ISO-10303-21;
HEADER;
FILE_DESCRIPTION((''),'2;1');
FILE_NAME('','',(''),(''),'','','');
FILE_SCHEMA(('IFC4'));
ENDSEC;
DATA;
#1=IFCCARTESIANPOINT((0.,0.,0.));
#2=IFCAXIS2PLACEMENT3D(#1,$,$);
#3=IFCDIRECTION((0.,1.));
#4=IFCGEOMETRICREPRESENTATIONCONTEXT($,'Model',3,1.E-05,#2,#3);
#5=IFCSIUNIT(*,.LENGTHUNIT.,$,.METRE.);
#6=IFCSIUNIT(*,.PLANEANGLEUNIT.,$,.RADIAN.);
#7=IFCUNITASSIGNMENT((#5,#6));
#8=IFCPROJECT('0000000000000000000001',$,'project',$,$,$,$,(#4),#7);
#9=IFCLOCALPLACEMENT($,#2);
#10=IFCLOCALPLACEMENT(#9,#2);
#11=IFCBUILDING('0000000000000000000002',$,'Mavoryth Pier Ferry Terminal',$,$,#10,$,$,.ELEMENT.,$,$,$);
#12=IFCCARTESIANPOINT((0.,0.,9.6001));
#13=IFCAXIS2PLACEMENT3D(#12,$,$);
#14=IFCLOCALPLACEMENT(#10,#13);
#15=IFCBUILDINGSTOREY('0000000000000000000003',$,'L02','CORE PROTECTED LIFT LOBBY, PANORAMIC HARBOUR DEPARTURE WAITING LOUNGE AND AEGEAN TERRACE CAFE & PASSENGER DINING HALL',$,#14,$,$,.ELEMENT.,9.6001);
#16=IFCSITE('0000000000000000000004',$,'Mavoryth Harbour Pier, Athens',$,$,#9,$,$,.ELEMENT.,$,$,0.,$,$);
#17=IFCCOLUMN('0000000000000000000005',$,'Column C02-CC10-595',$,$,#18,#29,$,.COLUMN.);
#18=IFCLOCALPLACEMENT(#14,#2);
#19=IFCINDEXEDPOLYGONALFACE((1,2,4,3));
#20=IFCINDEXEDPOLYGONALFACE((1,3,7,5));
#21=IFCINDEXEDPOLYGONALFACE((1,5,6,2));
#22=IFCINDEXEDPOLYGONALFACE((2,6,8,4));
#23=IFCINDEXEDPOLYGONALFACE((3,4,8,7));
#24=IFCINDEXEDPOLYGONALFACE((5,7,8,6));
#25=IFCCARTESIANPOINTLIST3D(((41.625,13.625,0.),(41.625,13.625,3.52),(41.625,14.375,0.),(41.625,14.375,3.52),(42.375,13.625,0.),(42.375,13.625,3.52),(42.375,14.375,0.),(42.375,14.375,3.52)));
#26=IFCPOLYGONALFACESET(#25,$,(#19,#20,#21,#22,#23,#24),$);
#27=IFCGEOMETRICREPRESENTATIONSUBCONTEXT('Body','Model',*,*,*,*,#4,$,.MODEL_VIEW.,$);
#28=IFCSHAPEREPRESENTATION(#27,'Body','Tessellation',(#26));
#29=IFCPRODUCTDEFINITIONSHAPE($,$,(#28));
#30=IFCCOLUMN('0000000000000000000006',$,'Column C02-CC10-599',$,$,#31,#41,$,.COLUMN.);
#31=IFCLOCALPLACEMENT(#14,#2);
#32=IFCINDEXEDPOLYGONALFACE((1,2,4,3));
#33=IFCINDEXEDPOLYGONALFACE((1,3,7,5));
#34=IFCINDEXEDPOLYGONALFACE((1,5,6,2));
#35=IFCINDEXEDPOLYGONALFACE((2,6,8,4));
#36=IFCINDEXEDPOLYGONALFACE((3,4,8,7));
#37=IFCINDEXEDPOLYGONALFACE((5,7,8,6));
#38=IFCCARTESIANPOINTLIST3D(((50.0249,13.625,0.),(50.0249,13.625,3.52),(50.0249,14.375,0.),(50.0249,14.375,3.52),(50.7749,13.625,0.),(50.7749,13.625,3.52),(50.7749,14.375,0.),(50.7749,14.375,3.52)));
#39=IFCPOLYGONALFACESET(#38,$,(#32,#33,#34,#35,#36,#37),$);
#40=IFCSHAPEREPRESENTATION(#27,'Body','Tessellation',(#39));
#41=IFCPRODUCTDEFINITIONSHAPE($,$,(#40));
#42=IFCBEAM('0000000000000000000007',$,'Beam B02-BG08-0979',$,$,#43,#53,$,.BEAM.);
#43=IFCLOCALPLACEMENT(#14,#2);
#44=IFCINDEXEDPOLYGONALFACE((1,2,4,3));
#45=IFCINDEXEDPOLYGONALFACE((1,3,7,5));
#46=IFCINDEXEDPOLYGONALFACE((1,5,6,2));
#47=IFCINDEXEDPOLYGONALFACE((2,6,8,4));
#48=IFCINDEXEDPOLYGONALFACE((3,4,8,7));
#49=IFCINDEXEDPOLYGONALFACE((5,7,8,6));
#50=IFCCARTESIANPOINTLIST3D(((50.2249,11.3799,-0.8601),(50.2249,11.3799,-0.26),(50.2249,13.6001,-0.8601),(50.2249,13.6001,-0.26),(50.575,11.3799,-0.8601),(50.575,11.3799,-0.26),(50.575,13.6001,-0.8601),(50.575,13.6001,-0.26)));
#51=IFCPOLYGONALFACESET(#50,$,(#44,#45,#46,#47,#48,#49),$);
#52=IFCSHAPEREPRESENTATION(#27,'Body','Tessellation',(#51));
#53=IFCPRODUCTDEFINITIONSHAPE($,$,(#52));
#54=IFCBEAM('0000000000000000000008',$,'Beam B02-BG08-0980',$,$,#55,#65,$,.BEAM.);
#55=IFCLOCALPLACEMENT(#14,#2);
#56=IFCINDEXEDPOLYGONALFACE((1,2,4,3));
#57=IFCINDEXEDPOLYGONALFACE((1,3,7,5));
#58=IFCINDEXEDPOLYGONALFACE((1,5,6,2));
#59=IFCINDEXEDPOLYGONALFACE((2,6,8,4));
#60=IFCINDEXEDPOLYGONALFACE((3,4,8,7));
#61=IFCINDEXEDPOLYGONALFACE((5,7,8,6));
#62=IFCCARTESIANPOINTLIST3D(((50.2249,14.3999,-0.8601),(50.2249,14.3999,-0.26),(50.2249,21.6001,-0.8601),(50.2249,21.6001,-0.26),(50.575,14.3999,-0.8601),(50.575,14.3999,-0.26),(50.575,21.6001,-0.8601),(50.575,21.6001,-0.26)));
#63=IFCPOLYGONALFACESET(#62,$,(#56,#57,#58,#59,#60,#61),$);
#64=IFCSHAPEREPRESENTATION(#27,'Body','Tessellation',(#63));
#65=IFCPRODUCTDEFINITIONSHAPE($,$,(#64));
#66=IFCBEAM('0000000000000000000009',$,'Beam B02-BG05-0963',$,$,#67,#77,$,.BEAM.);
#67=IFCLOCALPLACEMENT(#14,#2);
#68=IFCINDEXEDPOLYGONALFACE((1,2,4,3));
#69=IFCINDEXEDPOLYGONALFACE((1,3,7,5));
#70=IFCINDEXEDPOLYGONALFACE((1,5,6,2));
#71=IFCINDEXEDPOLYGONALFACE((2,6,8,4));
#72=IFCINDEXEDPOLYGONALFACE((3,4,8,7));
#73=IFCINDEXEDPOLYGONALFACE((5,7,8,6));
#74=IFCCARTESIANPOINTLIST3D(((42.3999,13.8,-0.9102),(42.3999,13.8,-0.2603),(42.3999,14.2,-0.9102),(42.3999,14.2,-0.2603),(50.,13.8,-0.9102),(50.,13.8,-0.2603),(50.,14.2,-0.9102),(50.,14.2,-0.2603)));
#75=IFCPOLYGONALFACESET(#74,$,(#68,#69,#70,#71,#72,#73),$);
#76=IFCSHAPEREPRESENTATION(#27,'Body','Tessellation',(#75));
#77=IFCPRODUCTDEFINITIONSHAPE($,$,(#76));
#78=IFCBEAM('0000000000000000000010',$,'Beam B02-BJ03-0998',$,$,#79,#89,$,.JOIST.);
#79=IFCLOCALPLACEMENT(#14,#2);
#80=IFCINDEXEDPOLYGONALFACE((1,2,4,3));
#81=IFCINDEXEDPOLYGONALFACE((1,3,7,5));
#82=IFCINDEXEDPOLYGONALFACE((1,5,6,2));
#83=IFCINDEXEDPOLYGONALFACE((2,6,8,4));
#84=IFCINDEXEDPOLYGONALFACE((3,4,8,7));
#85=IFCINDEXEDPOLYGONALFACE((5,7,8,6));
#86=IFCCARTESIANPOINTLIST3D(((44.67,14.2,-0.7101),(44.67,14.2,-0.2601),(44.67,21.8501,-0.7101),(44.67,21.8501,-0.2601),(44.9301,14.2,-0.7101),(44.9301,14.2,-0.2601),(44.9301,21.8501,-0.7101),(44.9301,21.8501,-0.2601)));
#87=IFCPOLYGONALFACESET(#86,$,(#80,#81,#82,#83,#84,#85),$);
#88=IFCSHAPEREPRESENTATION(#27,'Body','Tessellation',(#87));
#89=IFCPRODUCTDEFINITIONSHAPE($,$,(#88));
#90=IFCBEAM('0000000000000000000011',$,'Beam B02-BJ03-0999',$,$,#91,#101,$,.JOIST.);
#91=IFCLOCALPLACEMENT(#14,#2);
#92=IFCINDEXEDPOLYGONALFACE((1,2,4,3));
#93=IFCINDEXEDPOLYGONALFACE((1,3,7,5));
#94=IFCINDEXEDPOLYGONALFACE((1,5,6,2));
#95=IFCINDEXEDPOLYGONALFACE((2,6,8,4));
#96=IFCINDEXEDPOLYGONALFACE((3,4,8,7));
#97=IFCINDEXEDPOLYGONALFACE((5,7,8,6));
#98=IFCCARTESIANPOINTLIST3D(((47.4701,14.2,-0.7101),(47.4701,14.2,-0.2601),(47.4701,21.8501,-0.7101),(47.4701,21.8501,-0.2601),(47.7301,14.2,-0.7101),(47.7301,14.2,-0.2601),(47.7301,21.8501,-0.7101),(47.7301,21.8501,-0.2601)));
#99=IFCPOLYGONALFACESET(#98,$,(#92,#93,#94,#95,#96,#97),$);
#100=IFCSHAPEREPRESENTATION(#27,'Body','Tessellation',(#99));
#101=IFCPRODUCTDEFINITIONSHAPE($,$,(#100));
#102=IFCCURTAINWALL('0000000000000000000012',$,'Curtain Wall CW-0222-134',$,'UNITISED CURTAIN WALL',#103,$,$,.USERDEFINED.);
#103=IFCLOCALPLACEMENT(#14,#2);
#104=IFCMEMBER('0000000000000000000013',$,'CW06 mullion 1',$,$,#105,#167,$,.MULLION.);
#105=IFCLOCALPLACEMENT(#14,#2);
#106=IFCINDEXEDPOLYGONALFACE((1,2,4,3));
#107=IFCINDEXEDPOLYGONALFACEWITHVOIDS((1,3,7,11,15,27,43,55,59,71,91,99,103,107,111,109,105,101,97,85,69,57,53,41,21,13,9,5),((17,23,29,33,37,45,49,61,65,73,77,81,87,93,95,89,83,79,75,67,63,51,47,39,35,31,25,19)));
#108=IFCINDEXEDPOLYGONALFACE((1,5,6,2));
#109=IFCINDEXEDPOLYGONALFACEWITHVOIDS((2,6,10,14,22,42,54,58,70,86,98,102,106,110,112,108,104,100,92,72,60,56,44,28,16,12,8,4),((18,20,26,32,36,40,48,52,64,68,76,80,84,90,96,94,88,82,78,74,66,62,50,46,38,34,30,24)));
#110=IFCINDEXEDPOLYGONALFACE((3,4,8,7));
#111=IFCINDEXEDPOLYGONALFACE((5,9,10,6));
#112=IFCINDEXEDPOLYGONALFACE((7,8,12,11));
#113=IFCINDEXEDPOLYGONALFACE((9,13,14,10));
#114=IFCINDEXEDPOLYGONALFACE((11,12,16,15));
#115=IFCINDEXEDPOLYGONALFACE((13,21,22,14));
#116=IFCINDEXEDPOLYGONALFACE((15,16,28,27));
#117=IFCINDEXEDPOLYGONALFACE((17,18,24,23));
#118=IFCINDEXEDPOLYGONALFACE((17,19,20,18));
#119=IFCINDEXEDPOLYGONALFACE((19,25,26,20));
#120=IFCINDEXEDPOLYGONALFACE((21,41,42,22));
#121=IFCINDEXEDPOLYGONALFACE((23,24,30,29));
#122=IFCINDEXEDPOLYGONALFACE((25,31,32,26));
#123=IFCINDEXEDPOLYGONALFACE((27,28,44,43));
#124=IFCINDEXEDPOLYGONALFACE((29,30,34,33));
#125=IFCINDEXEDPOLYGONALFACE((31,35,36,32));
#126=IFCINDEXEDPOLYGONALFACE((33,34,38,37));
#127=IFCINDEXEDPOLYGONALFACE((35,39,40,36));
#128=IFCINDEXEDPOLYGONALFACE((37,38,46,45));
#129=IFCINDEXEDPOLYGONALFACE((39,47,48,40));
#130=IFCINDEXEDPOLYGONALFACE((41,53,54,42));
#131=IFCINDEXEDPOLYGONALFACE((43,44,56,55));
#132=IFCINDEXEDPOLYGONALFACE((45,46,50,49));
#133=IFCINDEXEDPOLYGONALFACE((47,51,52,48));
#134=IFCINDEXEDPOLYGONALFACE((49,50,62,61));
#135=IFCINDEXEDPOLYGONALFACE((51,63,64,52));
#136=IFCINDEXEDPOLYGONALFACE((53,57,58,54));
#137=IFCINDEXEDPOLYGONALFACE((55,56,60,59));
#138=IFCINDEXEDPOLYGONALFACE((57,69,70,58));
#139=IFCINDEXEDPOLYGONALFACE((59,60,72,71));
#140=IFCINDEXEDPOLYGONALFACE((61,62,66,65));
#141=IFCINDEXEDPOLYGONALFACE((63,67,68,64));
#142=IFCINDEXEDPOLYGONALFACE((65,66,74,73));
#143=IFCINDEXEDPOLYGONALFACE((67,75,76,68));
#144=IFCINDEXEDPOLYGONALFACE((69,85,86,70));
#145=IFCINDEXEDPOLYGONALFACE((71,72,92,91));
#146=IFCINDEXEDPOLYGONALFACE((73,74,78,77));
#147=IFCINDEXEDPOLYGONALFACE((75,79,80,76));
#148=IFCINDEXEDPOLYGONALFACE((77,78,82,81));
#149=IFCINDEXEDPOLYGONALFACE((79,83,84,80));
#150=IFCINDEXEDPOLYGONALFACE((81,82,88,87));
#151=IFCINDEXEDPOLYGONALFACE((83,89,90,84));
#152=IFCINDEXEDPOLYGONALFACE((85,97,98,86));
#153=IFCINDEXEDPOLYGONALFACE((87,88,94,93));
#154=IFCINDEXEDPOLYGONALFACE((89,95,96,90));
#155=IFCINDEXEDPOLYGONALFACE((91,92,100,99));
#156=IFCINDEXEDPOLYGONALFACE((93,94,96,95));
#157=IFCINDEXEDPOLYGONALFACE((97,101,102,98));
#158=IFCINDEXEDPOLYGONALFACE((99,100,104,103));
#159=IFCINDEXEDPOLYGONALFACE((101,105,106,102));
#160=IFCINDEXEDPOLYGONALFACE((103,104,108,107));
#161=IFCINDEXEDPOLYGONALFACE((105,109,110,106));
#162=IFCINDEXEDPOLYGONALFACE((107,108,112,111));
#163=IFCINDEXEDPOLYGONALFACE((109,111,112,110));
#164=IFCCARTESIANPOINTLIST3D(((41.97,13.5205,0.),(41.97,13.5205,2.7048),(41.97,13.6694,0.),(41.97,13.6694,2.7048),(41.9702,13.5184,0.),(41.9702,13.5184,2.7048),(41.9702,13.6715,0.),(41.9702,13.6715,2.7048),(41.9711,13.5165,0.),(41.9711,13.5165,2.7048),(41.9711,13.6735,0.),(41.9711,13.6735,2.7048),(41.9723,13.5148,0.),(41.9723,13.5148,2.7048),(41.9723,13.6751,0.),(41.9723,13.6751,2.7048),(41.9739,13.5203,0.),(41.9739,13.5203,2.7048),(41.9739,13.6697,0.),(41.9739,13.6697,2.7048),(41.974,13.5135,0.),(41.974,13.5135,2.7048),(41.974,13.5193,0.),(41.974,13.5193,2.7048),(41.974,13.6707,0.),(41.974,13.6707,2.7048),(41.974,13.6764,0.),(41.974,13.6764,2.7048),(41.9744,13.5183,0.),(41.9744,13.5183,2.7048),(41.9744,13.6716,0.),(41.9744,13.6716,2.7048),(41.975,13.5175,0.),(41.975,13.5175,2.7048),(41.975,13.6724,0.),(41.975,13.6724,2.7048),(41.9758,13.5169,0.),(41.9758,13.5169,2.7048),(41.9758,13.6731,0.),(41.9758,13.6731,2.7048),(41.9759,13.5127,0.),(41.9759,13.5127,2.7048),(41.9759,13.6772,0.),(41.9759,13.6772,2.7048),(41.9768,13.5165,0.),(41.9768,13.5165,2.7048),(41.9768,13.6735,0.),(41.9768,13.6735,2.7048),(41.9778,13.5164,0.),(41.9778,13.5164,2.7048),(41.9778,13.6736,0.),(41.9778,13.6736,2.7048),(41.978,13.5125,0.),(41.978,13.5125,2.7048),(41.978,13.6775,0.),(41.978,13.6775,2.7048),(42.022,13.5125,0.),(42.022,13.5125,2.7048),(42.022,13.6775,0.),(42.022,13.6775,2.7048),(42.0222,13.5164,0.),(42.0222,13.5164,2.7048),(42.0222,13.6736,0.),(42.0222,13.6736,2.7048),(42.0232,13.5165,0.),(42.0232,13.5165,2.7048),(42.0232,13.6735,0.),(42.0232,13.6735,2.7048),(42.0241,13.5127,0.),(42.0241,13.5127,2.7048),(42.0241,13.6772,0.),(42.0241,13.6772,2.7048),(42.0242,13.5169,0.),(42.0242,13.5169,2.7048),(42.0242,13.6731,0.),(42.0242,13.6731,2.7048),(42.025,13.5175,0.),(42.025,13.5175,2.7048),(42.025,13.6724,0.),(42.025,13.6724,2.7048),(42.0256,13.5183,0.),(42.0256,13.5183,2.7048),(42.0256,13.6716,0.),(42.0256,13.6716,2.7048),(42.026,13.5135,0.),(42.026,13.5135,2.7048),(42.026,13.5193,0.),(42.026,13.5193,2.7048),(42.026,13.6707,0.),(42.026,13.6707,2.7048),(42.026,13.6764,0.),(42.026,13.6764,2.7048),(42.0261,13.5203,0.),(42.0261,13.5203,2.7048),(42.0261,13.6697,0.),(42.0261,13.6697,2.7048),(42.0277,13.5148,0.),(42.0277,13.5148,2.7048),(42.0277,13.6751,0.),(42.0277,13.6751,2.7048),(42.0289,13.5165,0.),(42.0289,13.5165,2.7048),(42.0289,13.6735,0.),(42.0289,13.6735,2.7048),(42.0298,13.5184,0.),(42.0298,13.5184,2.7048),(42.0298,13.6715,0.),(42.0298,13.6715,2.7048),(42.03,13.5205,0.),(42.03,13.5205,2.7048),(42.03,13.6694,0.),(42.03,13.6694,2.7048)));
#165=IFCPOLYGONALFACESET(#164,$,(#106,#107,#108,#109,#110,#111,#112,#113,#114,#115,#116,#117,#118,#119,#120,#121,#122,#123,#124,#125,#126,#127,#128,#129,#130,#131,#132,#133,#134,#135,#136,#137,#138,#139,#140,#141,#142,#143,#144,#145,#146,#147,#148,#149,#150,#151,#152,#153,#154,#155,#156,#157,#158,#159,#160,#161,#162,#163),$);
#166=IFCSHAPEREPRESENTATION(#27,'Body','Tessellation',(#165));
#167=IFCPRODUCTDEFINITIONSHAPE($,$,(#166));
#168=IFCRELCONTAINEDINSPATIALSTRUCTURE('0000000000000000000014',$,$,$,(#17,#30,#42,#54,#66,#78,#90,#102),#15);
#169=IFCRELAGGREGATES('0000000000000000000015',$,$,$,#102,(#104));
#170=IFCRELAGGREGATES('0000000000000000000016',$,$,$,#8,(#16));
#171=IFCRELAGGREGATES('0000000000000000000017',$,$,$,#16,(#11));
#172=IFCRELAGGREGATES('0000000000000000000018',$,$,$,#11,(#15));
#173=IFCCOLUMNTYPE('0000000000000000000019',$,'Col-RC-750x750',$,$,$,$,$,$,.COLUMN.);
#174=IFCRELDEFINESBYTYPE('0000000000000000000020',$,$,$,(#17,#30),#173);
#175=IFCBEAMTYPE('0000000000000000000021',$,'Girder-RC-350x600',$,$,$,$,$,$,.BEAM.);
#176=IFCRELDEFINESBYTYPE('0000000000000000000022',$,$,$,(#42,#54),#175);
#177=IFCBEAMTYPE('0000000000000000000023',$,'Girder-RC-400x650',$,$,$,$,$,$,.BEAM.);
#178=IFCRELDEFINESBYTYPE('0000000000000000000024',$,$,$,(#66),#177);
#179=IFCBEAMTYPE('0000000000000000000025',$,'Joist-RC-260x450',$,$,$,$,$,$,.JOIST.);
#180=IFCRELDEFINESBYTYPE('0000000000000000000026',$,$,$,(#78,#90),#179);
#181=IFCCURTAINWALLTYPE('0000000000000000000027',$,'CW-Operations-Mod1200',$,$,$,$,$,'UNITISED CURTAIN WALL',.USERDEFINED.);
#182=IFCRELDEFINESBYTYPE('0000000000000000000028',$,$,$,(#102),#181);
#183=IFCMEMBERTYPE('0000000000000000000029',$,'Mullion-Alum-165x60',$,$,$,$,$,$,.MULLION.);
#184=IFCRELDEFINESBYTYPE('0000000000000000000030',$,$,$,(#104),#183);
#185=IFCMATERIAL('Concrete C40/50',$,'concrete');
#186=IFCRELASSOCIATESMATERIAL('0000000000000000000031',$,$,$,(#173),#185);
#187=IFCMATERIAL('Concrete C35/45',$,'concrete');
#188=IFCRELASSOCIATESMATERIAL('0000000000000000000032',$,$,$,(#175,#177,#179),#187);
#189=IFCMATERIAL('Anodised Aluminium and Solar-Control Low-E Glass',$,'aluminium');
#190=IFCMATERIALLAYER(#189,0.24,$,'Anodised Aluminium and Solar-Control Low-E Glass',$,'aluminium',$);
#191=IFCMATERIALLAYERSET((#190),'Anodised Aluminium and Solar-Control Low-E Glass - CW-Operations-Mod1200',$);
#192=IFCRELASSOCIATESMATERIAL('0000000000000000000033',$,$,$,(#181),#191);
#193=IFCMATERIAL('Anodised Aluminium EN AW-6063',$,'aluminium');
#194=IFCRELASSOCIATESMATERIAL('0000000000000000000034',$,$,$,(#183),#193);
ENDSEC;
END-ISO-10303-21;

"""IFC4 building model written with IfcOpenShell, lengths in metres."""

from ifc_helpers import new_model, si_unit, direction, frame, origin, origin_2d, place, context, subcontext, project, spatial, rectangle, hollow_rectangle, extrude, material, layer, layer_set, material_profile, profile_set, type_object, element, aggregate, save


model = new_model("IFC4")

# Units and contexts
model_context = context("Model", 3, precision=1e-05, world=origin(), true_north=direction((0.0, 1.0)))
body_context = subcontext(model_context, "Body", "Model", "MODEL_VIEW")
ifc_project = project(units=[si_unit("LENGTHUNIT", "METRE"), si_unit("PLANEANGLEUNIT", "RADIAN")], contexts=[model_context])

# Site, building, storey
site_placement = place(None, origin())
site = spatial("IfcSite", under=ifc_project, at=site_placement, Name="Mavoryth Harbour Pier, Athens", CompositionType="ELEMENT", RefElevation=0.0)
building_placement = place(site_placement, origin())
building = spatial("IfcBuilding", under=site, at=building_placement, Name="Mavoryth Pier Ferry Terminal", CompositionType="ELEMENT")
storey_placement = place(building_placement, frame((0.0, 0.0, 9.6001)))
storey = spatial("IfcBuildingStorey", under=building, at=storey_placement, Name="L02", Description="CORE PROTECTED LIFT LOBBY, PANORAMIC HARBOUR DEPARTURE WAITING LOUNGE AND AEGEAN TERRACE CAFE & PASSENGER DINING HALL", CompositionType="ELEMENT", Elevation=9.6001)

# Columns
ifc_material_1 = material(Name="Concrete C40/50", Category="concrete")
ifc_material_profile_1 = material_profile(ifc_material_1, rectangle(XDim=0.75, YDim=0.75, at=origin_2d()), Name="RC 750x750", Category="concrete")
ifc_profile_set_1 = profile_set([ifc_material_profile_1], Name="Concrete C40/50 - RC 750x750")
column_type = type_object("IfcColumnType", Name="Col-RC-750x750", PredefinedType="COLUMN", material=ifc_profile_set_1)
for number, where, z_axis, x_axis, name in (
    (1, (42.0, 14.0, 0.0), (0.0, 0.0, 1.0), (1.0, 0.0, 0.0), "Column C02-CC10-595"),
    (2, (50.3999, 14.0, 0.0), (0.0, 0.0, 1.0), (1.0, 0.0, 0.0), "Column C02-CC10-599"),
):
    element("IfcColumn", number, at=place(storey_placement, frame(where, z_axis=z_axis, x_axis=x_axis)), inside=storey, type_object=column_type, Name=name, PredefinedType="COLUMN", context=body_context, shape_type="SweptSolid", body=[
        extrude(rectangle(XDim=0.75, YDim=0.75, at=origin_2d()), origin(), (0.0, 0.0, 1.0), 3.52),
    ])

# Beams
ifc_material_2 = material(Name="Concrete C35/45", Category="concrete")
ifc_material_profile_2 = material_profile(ifc_material_2, rectangle(XDim=0.3501, YDim=0.6001, at=origin_2d()), Name="RC 350x600", Category="concrete")
ifc_profile_set_2 = profile_set([ifc_material_profile_2], Name="Concrete C35/45 - RC 350x600")
beam_type_1 = type_object("IfcBeamType", Name="Girder-RC-350x600", PredefinedType="BEAM", material=ifc_profile_set_2)
beam_1_placement = place(storey_placement, frame((50.3999, 11.3799, -0.5601), z_axis=(0.0, 1.0, 0.0), x_axis=(-1.0, 0.0, 0.0)))
element("IfcBeam", 3, at=beam_1_placement, inside=storey, type_object=beam_type_1, Name="Beam B02-BG08-0979", PredefinedType="BEAM", context=body_context, shape_type="SweptSolid", body=[
    extrude(rectangle(XDim=0.3501, YDim=0.6001, at=origin_2d()), origin(), (0.0, 0.0, 1.0), 2.2202),
])
beam_2_placement = place(storey_placement, frame((50.3999, 14.3999, -0.5601), z_axis=(0.0, 1.0, 0.0), x_axis=(-1.0, 0.0, 0.0)))
element("IfcBeam", 4, at=beam_2_placement, inside=storey, type_object=beam_type_1, Name="Beam B02-BG08-0980", PredefinedType="BEAM", context=body_context, shape_type="SweptSolid", body=[
    extrude(rectangle(XDim=0.3501, YDim=0.6001, at=origin_2d()), origin(), (0.0, 0.0, 1.0), 7.2002),
])
ifc_material_profile_3 = material_profile(ifc_material_2, rectangle(XDim=0.3999, YDim=0.6499, at=origin_2d()), Name="RC 400x650", Category="concrete")
ifc_profile_set_3 = profile_set([ifc_material_profile_3], Name="Concrete C35/45 - RC 400x650")
beam_type_2 = type_object("IfcBeamType", Name="Girder-RC-400x650", PredefinedType="BEAM", material=ifc_profile_set_3)
beam_3_placement = place(storey_placement, frame((42.3999, 14.0, -0.5852), z_axis=(1.0, 0.0, 0.0), x_axis=(0.0, 1.0, 0.0)))
element("IfcBeam", 5, at=beam_3_placement, inside=storey, type_object=beam_type_2, Name="Beam B02-BG05-0963", PredefinedType="BEAM", context=body_context, shape_type="SweptSolid", body=[
    extrude(rectangle(XDim=0.3999, YDim=0.6499, at=origin_2d()), origin(), (0.0, 0.0, 1.0), 7.6001),
])
ifc_material_profile_4 = material_profile(ifc_material_2, rectangle(XDim=0.26, YDim=0.45, at=origin_2d()), Name="RC 260x450", Category="concrete")
ifc_profile_set_4 = profile_set([ifc_material_profile_4], Name="Concrete C35/45 - RC 260x450")
beam_type_3 = type_object("IfcBeamType", Name="Joist-RC-260x450", PredefinedType="JOIST", material=ifc_profile_set_4)
for number, where, z_axis, x_axis, name in (
    (6, (44.8, 14.2, -0.4851), (0.0, 1.0, 0.0), (-1.0, 0.0, 0.0), "Beam B02-BJ03-0998"),
    (7, (47.6001, 14.2, -0.4851), (0.0, 1.0, 0.0), (-1.0, 0.0, 0.0), "Beam B02-BJ03-0999"),
):
    element("IfcBeam", number, at=place(storey_placement, frame(where, z_axis=z_axis, x_axis=x_axis)), inside=storey, type_object=beam_type_3, Name=name, PredefinedType="JOIST", context=body_context, shape_type="SweptSolid", body=[
        extrude(rectangle(XDim=0.26, YDim=0.45, at=origin_2d()), origin(), (0.0, 0.0, 1.0), 7.6501),
    ])

# Curtain wall, member
ifc_material_3 = material(Name="Anodised Aluminium and Solar-Control Low-E Glass", Category="aluminium")
ifc_layer_1 = layer(ifc_material_3, 0.24, Name="Anodised Aluminium and Solar-Control Low-E Glass", Category="aluminium")
ifc_layer_set_1 = layer_set([ifc_layer_1], Name="Anodised Aluminium and Solar-Control Low-E Glass - CW-Operations-Mod1200")
curtain_wall_type = type_object("IfcCurtainWallType", Name="CW-Operations-Mod1200", ElementType="UNITISED CURTAIN WALL", PredefinedType="USERDEFINED", material=ifc_layer_set_1)
curtain_wall_1_placement = place(storey_placement, origin())
curtain_wall_1 = element("IfcCurtainWall", 8, at=curtain_wall_1_placement, inside=storey, type_object=curtain_wall_type, Name="Curtain Wall CW-0222-134", ObjectType="UNITISED CURTAIN WALL", PredefinedType="USERDEFINED")
ifc_material_4 = material(Name="Anodised Aluminium EN AW-6063", Category="aluminium")
ifc_material_profile_5 = material_profile(ifc_material_4, hollow_rectangle(XDim=0.0601, YDim=0.165, WallThickness=0.0039, InnerFilletRadius=0.0039, OuterFilletRadius=0.0081, at=origin_2d()), Name="AL-MULL 165x60x4", Category="aluminium")
ifc_profile_set_5 = profile_set([ifc_material_profile_5], Name="Anodised Aluminium EN AW-6063 - AL-MULL 165x60x4")
member_type_1 = type_object("IfcMemberType", Name="Mullion-Alum-165x60", PredefinedType="MULLION", material=ifc_profile_set_5)
member_1_placement = place(storey_placement, frame((42.0, 13.595, 0.0), z_axis=(0.0, 0.0, 1.0), x_axis=(1.0, 0.0, 0.0)))
member_1 = element("IfcMember", 9, at=member_1_placement, type_object=member_type_1, Name="CW06 mullion 1", PredefinedType="MULLION", context=body_context, shape_type="SweptSolid", body=[
    extrude(hollow_rectangle(XDim=0.0601, YDim=0.165, WallThickness=0.0039, InnerFilletRadius=0.0039, OuterFilletRadius=0.0081, at=origin_2d()), origin(), (0.0, 0.0, 1.0), 2.7048),
])

aggregate(curtain_wall_1, [member_1])

save(model, "model.ifc")
